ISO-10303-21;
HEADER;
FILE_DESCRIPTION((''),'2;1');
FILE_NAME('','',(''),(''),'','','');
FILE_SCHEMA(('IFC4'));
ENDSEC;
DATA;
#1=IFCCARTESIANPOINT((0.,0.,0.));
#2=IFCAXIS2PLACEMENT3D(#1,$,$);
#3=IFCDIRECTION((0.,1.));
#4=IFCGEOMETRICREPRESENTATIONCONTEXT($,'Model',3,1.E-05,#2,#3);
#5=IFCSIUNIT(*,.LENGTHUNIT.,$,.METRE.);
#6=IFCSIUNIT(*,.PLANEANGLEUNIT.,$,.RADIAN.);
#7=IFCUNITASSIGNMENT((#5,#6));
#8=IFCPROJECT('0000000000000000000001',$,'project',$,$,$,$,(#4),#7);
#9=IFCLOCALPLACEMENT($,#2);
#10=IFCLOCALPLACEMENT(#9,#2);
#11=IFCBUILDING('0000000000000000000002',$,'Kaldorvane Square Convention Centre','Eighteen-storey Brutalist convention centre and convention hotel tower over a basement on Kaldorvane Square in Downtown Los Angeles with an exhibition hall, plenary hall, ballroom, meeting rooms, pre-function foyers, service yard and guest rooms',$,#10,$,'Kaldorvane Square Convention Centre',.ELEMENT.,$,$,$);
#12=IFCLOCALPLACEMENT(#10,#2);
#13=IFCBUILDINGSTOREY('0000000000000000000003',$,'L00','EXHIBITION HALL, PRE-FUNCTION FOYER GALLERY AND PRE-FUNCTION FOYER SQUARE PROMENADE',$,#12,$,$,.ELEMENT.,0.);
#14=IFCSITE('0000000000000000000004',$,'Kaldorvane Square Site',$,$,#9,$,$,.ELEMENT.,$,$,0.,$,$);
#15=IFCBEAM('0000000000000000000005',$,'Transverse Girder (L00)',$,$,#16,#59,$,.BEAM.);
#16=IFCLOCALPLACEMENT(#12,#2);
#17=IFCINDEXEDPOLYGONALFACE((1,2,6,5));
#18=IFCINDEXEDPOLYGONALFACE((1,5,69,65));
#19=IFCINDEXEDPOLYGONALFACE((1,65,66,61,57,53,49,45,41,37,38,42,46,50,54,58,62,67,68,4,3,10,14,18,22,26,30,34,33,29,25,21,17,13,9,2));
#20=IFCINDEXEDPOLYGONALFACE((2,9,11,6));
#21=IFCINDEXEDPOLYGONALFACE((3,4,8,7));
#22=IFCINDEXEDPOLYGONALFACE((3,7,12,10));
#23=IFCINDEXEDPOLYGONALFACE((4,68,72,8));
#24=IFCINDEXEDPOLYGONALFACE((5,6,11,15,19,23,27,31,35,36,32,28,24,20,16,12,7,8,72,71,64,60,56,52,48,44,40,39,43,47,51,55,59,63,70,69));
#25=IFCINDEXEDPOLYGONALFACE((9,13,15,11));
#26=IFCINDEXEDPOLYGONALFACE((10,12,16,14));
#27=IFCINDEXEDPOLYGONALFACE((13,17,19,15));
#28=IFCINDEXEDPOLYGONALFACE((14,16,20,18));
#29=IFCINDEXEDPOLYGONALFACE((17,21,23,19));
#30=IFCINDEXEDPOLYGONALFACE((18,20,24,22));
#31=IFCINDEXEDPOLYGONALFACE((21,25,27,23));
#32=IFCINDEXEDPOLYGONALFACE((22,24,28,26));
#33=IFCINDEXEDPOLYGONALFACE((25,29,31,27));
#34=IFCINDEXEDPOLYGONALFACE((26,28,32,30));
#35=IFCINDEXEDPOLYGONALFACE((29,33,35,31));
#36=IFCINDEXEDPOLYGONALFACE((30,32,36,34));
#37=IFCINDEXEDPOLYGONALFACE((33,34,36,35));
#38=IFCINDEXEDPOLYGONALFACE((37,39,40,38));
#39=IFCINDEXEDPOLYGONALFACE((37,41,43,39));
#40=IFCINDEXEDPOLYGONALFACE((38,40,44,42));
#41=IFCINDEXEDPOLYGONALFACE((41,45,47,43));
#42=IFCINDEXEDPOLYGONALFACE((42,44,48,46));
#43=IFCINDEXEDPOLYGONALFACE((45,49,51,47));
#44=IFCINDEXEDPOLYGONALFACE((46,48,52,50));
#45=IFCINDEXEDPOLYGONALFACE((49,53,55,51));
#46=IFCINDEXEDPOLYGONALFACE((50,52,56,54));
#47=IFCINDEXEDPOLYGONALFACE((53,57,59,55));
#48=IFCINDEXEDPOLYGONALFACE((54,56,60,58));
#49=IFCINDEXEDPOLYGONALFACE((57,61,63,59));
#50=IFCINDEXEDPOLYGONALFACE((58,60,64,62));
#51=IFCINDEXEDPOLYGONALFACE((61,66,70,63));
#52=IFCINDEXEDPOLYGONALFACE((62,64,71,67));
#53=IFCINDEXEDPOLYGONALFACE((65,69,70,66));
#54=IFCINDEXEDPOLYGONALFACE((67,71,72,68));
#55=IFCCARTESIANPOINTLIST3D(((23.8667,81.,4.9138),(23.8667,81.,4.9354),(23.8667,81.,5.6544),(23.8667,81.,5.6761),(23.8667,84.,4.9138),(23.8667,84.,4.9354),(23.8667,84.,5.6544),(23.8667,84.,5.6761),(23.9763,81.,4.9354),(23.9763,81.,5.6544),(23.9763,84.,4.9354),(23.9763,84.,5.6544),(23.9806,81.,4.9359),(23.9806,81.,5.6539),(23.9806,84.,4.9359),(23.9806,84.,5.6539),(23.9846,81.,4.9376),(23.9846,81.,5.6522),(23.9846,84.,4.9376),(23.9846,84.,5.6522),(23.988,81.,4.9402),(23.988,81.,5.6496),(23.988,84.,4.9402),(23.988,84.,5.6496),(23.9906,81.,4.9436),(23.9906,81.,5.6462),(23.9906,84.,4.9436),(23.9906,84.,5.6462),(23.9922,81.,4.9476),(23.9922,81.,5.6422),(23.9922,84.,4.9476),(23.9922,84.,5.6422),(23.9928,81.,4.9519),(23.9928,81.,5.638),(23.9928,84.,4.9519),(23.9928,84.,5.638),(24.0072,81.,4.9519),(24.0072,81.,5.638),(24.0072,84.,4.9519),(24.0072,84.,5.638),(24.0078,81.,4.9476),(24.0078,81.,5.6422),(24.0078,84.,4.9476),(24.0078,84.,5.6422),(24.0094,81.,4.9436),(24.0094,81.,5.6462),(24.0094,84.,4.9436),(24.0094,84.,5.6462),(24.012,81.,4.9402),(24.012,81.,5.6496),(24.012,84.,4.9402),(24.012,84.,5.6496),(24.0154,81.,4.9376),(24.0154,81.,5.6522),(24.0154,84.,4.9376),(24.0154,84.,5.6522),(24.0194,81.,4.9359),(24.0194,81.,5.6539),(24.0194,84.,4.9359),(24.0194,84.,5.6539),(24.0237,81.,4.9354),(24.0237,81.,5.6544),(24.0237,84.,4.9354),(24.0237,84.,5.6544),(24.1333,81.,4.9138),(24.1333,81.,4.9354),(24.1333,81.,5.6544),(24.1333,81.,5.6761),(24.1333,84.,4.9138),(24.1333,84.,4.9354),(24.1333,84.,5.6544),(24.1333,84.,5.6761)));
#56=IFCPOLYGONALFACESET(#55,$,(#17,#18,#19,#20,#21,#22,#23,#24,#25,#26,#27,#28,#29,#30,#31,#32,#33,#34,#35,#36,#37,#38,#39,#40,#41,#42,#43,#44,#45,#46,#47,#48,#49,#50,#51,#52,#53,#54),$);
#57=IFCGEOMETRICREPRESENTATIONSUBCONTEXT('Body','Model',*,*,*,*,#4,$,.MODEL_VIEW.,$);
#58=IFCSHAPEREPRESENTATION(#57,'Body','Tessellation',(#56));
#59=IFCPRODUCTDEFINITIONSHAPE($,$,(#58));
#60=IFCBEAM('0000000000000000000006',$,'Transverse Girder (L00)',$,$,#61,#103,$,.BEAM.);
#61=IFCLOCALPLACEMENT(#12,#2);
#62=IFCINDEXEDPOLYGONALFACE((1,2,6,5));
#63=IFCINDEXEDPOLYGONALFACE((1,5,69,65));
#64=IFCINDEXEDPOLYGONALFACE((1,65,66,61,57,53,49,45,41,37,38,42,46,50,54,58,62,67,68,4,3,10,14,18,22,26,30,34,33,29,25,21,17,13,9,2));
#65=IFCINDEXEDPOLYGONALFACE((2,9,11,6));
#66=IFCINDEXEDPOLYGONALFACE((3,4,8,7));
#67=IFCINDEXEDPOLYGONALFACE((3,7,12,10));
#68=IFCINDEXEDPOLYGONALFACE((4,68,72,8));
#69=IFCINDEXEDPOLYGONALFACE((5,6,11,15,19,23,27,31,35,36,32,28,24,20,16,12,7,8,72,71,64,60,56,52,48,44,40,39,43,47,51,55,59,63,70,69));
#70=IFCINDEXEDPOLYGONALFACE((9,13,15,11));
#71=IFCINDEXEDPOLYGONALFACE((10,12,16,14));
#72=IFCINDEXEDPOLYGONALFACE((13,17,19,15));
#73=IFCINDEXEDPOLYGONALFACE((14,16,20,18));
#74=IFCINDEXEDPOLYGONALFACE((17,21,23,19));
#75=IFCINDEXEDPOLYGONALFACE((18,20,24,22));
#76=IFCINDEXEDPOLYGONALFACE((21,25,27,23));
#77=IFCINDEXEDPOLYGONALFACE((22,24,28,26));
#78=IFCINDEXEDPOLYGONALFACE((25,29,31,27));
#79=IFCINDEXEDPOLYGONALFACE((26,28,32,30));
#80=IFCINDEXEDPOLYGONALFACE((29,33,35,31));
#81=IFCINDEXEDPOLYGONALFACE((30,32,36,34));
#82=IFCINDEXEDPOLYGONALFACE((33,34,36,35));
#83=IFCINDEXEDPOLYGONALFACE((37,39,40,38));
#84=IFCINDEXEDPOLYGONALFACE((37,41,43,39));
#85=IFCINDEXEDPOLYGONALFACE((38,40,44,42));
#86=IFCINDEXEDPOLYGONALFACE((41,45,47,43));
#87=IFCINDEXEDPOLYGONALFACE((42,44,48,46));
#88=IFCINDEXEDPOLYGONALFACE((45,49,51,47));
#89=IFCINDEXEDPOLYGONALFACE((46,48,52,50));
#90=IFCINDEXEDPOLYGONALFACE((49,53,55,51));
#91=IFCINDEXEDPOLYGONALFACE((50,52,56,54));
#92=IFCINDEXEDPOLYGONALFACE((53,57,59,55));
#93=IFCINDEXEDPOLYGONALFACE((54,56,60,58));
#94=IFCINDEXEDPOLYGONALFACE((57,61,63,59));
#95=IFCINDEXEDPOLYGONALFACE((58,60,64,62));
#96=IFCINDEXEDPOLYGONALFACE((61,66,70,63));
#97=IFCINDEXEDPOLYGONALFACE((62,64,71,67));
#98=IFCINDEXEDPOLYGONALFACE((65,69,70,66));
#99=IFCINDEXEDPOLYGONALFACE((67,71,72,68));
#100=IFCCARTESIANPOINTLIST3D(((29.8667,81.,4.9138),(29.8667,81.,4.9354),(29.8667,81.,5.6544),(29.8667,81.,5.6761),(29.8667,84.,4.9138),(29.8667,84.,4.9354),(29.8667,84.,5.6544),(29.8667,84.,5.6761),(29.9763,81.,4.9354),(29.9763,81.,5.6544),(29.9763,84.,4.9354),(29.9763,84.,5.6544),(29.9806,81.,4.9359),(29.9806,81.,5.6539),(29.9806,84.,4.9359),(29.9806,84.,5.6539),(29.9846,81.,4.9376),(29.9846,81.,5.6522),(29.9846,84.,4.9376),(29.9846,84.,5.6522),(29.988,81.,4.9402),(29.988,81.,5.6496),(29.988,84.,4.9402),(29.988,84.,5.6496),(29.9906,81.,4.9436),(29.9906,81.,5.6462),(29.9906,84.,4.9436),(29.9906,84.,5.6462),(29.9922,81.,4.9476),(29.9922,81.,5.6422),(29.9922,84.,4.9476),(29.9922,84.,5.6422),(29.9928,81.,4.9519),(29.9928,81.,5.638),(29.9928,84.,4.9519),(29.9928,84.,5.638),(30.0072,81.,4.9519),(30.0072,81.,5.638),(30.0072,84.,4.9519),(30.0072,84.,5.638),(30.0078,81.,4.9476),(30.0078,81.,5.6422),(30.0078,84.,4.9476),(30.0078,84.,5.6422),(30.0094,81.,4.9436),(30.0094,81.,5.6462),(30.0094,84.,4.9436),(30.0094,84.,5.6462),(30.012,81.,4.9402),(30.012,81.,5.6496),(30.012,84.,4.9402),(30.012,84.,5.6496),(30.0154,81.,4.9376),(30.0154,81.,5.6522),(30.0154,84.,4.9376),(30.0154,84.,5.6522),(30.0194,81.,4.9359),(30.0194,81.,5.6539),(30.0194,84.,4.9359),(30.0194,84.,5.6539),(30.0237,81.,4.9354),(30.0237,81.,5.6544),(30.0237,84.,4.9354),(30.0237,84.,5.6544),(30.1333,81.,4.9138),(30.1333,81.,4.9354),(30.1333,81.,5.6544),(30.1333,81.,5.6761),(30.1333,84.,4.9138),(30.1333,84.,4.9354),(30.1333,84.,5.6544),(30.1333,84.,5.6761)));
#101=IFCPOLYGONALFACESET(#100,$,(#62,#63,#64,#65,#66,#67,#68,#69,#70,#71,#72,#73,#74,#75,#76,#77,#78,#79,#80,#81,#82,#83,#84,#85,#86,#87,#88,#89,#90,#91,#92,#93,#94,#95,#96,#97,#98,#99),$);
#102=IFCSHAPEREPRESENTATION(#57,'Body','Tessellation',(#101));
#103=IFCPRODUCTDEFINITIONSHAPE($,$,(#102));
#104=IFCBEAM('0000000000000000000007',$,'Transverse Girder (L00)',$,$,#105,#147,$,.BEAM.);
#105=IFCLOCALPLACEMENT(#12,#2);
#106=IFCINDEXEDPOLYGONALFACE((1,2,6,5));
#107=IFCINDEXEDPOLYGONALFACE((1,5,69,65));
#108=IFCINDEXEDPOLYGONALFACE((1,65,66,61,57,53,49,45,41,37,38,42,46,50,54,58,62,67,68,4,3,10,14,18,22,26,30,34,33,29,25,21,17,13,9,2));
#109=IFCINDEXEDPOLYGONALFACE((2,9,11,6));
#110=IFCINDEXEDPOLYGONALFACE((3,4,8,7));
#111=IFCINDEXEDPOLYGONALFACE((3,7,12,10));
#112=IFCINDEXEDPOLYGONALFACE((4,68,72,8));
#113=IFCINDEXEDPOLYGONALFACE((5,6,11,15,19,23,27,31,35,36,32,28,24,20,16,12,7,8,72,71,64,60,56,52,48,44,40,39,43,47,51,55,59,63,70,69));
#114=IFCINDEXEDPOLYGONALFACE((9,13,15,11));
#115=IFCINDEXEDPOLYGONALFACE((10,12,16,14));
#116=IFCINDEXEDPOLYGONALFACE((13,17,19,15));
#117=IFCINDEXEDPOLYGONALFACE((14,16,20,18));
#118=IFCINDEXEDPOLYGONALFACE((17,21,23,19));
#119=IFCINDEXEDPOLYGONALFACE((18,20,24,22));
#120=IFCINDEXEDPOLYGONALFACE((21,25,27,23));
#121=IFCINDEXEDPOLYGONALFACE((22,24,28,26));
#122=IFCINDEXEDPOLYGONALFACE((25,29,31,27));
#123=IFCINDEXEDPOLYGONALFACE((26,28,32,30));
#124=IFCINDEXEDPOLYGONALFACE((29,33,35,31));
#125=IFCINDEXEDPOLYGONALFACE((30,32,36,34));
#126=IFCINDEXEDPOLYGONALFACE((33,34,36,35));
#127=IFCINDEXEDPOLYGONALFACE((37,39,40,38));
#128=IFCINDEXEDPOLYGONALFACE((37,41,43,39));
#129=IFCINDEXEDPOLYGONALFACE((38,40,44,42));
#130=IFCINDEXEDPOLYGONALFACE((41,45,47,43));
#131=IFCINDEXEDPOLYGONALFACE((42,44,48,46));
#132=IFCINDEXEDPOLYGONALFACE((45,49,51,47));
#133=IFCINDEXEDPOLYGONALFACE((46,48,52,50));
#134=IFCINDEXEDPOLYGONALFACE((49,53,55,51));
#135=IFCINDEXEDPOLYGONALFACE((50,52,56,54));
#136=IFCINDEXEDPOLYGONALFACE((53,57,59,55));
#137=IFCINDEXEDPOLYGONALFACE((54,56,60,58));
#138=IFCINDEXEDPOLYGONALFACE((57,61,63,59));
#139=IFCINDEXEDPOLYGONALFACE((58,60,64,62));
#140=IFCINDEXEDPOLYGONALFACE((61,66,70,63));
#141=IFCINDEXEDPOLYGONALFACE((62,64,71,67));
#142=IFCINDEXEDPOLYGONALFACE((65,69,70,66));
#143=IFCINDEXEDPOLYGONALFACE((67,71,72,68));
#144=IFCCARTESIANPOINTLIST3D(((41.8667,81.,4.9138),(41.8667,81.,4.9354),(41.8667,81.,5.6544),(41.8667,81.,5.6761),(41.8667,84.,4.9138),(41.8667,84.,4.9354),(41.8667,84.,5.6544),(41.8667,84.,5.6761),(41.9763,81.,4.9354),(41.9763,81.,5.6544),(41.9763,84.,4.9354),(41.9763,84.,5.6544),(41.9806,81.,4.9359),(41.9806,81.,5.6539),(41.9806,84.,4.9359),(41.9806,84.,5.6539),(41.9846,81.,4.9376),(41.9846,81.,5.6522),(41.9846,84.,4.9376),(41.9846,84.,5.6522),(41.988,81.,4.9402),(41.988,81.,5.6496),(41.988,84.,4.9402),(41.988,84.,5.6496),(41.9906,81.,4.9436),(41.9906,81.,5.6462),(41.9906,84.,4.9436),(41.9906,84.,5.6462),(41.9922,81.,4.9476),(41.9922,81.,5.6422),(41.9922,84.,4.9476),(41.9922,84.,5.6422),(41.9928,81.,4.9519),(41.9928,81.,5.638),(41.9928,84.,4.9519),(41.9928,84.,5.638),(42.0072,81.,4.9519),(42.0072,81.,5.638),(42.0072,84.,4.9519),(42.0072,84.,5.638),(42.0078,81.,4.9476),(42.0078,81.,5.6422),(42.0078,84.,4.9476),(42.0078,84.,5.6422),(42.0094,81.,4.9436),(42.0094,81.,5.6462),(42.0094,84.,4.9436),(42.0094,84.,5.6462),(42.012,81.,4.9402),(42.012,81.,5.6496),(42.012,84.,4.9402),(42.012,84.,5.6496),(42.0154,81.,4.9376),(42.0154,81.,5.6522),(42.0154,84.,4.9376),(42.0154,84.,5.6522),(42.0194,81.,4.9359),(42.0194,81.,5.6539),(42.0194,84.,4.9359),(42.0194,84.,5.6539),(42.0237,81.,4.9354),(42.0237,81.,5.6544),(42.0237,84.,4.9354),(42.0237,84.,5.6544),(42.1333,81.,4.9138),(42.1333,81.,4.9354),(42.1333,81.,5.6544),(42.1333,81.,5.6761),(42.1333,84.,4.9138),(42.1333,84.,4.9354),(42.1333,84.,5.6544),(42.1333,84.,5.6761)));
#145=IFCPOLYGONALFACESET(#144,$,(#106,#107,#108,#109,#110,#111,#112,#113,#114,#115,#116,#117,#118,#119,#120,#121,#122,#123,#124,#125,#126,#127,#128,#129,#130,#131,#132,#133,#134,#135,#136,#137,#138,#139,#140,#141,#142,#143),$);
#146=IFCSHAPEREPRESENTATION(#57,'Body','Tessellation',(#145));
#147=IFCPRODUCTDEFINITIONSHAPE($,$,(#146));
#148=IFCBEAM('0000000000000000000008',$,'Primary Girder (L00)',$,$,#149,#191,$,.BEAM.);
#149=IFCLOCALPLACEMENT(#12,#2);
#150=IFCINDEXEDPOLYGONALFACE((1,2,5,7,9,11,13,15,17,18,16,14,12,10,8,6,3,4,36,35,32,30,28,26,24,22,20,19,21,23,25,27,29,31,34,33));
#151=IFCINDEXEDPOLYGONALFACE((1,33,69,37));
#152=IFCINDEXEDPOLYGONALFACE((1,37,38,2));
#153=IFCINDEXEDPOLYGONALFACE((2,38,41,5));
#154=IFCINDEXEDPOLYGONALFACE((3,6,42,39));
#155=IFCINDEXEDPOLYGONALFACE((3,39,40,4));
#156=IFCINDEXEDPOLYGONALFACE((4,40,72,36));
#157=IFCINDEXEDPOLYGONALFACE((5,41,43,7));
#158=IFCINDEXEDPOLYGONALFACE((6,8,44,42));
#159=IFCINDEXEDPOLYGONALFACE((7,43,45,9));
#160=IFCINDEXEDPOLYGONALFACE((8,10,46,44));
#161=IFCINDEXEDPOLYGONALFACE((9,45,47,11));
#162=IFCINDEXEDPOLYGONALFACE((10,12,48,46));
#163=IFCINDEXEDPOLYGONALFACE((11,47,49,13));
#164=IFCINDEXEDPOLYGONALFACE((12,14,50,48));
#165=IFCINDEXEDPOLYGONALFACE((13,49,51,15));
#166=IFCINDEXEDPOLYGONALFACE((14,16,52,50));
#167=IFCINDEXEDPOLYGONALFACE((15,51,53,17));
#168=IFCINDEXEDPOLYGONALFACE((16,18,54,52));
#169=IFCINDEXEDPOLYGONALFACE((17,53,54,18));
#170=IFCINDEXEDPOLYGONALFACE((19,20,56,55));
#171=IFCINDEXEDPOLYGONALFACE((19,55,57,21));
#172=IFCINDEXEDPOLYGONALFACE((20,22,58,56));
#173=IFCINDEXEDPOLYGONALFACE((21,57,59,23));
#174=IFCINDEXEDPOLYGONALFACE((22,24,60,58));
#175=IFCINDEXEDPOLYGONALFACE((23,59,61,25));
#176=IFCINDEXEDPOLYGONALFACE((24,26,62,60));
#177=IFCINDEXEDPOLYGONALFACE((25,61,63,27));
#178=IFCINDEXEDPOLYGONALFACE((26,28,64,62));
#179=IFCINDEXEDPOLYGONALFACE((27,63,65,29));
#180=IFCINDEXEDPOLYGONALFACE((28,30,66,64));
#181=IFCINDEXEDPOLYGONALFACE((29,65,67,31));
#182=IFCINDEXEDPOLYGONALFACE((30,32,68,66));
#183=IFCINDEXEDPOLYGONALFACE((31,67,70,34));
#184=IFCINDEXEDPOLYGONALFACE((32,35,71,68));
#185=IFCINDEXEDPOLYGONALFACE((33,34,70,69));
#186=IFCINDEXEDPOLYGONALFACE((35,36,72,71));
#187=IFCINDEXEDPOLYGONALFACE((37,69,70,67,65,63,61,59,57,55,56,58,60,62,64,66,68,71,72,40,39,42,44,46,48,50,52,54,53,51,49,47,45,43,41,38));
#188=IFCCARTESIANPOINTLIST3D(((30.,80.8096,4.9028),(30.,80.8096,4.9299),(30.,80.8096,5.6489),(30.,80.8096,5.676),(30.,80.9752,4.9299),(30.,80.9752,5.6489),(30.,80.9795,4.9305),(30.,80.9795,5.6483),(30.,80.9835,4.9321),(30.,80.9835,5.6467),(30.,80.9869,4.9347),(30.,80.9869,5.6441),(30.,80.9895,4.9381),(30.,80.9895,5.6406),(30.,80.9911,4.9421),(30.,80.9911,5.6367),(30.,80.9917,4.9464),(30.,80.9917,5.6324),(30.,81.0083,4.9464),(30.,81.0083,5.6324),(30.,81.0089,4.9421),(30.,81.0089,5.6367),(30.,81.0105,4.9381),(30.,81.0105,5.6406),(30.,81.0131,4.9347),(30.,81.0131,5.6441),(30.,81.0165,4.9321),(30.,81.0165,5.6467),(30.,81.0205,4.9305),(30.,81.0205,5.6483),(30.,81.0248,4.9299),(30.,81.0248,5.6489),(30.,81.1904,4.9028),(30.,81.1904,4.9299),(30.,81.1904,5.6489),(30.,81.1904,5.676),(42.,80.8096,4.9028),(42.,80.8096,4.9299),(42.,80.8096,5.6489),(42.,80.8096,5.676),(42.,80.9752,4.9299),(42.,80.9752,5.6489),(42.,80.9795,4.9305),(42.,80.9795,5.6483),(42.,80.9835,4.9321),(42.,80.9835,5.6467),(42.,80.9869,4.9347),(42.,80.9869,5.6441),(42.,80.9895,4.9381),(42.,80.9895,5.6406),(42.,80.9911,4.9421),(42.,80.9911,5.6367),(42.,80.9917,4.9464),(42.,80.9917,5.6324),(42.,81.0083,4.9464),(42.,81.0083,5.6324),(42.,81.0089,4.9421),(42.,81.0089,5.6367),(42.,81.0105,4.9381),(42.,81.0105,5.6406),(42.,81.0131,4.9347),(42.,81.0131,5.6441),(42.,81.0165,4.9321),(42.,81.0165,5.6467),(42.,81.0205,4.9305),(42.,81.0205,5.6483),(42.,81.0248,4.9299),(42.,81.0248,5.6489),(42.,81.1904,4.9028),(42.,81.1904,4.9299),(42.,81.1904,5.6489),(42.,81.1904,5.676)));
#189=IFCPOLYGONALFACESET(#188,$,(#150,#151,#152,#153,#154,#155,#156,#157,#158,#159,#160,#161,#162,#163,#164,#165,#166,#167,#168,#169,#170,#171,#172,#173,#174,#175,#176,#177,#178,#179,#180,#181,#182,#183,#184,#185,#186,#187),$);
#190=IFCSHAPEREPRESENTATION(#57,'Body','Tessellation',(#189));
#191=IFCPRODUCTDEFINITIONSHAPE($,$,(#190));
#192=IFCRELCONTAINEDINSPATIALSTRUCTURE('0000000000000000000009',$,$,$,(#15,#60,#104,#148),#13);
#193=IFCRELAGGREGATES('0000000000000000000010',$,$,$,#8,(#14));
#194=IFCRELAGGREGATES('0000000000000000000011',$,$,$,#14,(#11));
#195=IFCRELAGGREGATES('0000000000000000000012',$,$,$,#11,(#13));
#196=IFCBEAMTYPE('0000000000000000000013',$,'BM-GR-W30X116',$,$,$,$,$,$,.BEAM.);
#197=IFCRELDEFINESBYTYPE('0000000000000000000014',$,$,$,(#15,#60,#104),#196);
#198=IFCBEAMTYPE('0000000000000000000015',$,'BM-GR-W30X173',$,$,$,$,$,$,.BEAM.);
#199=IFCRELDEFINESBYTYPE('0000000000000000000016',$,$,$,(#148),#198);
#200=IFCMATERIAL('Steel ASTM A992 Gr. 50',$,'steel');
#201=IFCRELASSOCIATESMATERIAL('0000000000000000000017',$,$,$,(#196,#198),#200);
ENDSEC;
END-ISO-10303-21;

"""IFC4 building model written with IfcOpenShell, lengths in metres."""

from ifc_helpers import new_model, si_unit, direction, frame, origin, origin_2d, place, context, subcontext, project, spatial, i_section, extrude, material, material_profile, profile_set, type_object, element, save


model = new_model("IFC4")

# Units and contexts
model_context = context("Model", 3, precision=1e-05, world=origin(), true_north=direction((0.0, 1.0)))
body_context = subcontext(model_context, "Body", "Model", "MODEL_VIEW")
ifc_project = project(units=[si_unit("LENGTHUNIT", "METRE"), si_unit("PLANEANGLEUNIT", "RADIAN")], contexts=[model_context])

# Site, building, storey
site_placement = place(None, origin())
site = spatial("IfcSite", under=ifc_project, at=site_placement, Name="Kaldorvane Square Site", CompositionType="ELEMENT", RefElevation=0.0)
building_placement = place(site_placement, origin())
building = spatial("IfcBuilding", under=site, at=building_placement, Name="Kaldorvane Square Convention Centre", Description="Eighteen-storey Brutalist convention centre and convention hotel tower over a basement on Kaldorvane Square in Downtown Los Angeles with an exhibition hall, plenary hall, ballroom, meeting rooms, pre-function foyers, service yard and guest rooms", LongName="Kaldorvane Square Convention Centre", CompositionType="ELEMENT")
storey_placement = place(building_placement, origin())
storey = spatial("IfcBuildingStorey", under=building, at=storey_placement, Name="L00", Description="EXHIBITION HALL, PRE-FUNCTION FOYER GALLERY AND PRE-FUNCTION FOYER SQUARE PROMENADE", CompositionType="ELEMENT", Elevation=0.0)

# Shared definitions
ifc_material_1 = material(Name="Steel ASTM A992 Gr. 50", Category="steel")

# Beams
ifc_material_profile_1 = material_profile(ifc_material_1, i_section(OverallWidth=0.2666, OverallDepth=0.7623, WebThickness=0.0144, FlangeThickness=0.0216, FilletRadius=0.0165, at=origin_2d()), Name="W30X116")
ifc_profile_set_1 = profile_set([ifc_material_profile_1], Name="Steel ASTM A992 Gr. 50")
beam_type_1 = type_object("IfcBeamType", Name="BM-GR-W30X116", PredefinedType="BEAM", material=ifc_profile_set_1)
for number, where, z_axis, x_axis, name in (
    (1, (24.0, 81.0, 5.2949), (0.0, 1.0, 0.0), (-1.0, 0.0, 0.0), "Transverse Girder (L00)"),
    (2, (30.0, 81.0, 5.2949), (0.0, 1.0, 0.0), (-1.0, 0.0, 0.0), "Transverse Girder (L00)"),
    (3, (42.0, 81.0, 5.2949), (0.0, 1.0, 0.0), (-1.0, 0.0, 0.0), "Transverse Girder (L00)"),
):
    element("IfcBeam", number, at=place(storey_placement, frame(where, z_axis=z_axis, x_axis=x_axis)), inside=storey, type_object=beam_type_1, Name=name, PredefinedType="BEAM", context=body_context, shape_type="SweptSolid", body=[
        extrude(i_section(OverallWidth=0.2666, OverallDepth=0.7623, WebThickness=0.0144, FlangeThickness=0.0216, FilletRadius=0.0165, at=origin_2d()), origin(), (0.0, 0.0, 1.0), 3.0),
    ])
ifc_material_profile_2 = material_profile(ifc_material_1, i_section(OverallWidth=0.3807, OverallDepth=0.7732, WebThickness=0.0166, FlangeThickness=0.0271, FilletRadius=0.0165, at=origin_2d()), Name="W30X173")
ifc_profile_set_2 = profile_set([ifc_material_profile_2], Name="Steel ASTM A992 Gr. 50")
beam_type_2 = type_object("IfcBeamType", Name="BM-GR-W30X173", PredefinedType="BEAM", material=ifc_profile_set_2)
for number, where, z_axis, x_axis, name in (
    (4, (30.0, 81.0, 5.2894), (1.0, 0.0, 0.0), (0.0, 1.0, 0.0), "Primary Girder (L00)"),
):
    element("IfcBeam", number, at=place(storey_placement, frame(where, z_axis=z_axis, x_axis=x_axis)), inside=storey, type_object=beam_type_2, Name=name, PredefinedType="BEAM", context=body_context, shape_type="SweptSolid", body=[
        extrude(i_section(OverallWidth=0.3807, OverallDepth=0.7732, WebThickness=0.0166, FlangeThickness=0.0271, FilletRadius=0.0165, at=origin_2d()), origin(), (0.0, 0.0, 1.0), 12.0),
    ])

save(model, "model.ifc")
